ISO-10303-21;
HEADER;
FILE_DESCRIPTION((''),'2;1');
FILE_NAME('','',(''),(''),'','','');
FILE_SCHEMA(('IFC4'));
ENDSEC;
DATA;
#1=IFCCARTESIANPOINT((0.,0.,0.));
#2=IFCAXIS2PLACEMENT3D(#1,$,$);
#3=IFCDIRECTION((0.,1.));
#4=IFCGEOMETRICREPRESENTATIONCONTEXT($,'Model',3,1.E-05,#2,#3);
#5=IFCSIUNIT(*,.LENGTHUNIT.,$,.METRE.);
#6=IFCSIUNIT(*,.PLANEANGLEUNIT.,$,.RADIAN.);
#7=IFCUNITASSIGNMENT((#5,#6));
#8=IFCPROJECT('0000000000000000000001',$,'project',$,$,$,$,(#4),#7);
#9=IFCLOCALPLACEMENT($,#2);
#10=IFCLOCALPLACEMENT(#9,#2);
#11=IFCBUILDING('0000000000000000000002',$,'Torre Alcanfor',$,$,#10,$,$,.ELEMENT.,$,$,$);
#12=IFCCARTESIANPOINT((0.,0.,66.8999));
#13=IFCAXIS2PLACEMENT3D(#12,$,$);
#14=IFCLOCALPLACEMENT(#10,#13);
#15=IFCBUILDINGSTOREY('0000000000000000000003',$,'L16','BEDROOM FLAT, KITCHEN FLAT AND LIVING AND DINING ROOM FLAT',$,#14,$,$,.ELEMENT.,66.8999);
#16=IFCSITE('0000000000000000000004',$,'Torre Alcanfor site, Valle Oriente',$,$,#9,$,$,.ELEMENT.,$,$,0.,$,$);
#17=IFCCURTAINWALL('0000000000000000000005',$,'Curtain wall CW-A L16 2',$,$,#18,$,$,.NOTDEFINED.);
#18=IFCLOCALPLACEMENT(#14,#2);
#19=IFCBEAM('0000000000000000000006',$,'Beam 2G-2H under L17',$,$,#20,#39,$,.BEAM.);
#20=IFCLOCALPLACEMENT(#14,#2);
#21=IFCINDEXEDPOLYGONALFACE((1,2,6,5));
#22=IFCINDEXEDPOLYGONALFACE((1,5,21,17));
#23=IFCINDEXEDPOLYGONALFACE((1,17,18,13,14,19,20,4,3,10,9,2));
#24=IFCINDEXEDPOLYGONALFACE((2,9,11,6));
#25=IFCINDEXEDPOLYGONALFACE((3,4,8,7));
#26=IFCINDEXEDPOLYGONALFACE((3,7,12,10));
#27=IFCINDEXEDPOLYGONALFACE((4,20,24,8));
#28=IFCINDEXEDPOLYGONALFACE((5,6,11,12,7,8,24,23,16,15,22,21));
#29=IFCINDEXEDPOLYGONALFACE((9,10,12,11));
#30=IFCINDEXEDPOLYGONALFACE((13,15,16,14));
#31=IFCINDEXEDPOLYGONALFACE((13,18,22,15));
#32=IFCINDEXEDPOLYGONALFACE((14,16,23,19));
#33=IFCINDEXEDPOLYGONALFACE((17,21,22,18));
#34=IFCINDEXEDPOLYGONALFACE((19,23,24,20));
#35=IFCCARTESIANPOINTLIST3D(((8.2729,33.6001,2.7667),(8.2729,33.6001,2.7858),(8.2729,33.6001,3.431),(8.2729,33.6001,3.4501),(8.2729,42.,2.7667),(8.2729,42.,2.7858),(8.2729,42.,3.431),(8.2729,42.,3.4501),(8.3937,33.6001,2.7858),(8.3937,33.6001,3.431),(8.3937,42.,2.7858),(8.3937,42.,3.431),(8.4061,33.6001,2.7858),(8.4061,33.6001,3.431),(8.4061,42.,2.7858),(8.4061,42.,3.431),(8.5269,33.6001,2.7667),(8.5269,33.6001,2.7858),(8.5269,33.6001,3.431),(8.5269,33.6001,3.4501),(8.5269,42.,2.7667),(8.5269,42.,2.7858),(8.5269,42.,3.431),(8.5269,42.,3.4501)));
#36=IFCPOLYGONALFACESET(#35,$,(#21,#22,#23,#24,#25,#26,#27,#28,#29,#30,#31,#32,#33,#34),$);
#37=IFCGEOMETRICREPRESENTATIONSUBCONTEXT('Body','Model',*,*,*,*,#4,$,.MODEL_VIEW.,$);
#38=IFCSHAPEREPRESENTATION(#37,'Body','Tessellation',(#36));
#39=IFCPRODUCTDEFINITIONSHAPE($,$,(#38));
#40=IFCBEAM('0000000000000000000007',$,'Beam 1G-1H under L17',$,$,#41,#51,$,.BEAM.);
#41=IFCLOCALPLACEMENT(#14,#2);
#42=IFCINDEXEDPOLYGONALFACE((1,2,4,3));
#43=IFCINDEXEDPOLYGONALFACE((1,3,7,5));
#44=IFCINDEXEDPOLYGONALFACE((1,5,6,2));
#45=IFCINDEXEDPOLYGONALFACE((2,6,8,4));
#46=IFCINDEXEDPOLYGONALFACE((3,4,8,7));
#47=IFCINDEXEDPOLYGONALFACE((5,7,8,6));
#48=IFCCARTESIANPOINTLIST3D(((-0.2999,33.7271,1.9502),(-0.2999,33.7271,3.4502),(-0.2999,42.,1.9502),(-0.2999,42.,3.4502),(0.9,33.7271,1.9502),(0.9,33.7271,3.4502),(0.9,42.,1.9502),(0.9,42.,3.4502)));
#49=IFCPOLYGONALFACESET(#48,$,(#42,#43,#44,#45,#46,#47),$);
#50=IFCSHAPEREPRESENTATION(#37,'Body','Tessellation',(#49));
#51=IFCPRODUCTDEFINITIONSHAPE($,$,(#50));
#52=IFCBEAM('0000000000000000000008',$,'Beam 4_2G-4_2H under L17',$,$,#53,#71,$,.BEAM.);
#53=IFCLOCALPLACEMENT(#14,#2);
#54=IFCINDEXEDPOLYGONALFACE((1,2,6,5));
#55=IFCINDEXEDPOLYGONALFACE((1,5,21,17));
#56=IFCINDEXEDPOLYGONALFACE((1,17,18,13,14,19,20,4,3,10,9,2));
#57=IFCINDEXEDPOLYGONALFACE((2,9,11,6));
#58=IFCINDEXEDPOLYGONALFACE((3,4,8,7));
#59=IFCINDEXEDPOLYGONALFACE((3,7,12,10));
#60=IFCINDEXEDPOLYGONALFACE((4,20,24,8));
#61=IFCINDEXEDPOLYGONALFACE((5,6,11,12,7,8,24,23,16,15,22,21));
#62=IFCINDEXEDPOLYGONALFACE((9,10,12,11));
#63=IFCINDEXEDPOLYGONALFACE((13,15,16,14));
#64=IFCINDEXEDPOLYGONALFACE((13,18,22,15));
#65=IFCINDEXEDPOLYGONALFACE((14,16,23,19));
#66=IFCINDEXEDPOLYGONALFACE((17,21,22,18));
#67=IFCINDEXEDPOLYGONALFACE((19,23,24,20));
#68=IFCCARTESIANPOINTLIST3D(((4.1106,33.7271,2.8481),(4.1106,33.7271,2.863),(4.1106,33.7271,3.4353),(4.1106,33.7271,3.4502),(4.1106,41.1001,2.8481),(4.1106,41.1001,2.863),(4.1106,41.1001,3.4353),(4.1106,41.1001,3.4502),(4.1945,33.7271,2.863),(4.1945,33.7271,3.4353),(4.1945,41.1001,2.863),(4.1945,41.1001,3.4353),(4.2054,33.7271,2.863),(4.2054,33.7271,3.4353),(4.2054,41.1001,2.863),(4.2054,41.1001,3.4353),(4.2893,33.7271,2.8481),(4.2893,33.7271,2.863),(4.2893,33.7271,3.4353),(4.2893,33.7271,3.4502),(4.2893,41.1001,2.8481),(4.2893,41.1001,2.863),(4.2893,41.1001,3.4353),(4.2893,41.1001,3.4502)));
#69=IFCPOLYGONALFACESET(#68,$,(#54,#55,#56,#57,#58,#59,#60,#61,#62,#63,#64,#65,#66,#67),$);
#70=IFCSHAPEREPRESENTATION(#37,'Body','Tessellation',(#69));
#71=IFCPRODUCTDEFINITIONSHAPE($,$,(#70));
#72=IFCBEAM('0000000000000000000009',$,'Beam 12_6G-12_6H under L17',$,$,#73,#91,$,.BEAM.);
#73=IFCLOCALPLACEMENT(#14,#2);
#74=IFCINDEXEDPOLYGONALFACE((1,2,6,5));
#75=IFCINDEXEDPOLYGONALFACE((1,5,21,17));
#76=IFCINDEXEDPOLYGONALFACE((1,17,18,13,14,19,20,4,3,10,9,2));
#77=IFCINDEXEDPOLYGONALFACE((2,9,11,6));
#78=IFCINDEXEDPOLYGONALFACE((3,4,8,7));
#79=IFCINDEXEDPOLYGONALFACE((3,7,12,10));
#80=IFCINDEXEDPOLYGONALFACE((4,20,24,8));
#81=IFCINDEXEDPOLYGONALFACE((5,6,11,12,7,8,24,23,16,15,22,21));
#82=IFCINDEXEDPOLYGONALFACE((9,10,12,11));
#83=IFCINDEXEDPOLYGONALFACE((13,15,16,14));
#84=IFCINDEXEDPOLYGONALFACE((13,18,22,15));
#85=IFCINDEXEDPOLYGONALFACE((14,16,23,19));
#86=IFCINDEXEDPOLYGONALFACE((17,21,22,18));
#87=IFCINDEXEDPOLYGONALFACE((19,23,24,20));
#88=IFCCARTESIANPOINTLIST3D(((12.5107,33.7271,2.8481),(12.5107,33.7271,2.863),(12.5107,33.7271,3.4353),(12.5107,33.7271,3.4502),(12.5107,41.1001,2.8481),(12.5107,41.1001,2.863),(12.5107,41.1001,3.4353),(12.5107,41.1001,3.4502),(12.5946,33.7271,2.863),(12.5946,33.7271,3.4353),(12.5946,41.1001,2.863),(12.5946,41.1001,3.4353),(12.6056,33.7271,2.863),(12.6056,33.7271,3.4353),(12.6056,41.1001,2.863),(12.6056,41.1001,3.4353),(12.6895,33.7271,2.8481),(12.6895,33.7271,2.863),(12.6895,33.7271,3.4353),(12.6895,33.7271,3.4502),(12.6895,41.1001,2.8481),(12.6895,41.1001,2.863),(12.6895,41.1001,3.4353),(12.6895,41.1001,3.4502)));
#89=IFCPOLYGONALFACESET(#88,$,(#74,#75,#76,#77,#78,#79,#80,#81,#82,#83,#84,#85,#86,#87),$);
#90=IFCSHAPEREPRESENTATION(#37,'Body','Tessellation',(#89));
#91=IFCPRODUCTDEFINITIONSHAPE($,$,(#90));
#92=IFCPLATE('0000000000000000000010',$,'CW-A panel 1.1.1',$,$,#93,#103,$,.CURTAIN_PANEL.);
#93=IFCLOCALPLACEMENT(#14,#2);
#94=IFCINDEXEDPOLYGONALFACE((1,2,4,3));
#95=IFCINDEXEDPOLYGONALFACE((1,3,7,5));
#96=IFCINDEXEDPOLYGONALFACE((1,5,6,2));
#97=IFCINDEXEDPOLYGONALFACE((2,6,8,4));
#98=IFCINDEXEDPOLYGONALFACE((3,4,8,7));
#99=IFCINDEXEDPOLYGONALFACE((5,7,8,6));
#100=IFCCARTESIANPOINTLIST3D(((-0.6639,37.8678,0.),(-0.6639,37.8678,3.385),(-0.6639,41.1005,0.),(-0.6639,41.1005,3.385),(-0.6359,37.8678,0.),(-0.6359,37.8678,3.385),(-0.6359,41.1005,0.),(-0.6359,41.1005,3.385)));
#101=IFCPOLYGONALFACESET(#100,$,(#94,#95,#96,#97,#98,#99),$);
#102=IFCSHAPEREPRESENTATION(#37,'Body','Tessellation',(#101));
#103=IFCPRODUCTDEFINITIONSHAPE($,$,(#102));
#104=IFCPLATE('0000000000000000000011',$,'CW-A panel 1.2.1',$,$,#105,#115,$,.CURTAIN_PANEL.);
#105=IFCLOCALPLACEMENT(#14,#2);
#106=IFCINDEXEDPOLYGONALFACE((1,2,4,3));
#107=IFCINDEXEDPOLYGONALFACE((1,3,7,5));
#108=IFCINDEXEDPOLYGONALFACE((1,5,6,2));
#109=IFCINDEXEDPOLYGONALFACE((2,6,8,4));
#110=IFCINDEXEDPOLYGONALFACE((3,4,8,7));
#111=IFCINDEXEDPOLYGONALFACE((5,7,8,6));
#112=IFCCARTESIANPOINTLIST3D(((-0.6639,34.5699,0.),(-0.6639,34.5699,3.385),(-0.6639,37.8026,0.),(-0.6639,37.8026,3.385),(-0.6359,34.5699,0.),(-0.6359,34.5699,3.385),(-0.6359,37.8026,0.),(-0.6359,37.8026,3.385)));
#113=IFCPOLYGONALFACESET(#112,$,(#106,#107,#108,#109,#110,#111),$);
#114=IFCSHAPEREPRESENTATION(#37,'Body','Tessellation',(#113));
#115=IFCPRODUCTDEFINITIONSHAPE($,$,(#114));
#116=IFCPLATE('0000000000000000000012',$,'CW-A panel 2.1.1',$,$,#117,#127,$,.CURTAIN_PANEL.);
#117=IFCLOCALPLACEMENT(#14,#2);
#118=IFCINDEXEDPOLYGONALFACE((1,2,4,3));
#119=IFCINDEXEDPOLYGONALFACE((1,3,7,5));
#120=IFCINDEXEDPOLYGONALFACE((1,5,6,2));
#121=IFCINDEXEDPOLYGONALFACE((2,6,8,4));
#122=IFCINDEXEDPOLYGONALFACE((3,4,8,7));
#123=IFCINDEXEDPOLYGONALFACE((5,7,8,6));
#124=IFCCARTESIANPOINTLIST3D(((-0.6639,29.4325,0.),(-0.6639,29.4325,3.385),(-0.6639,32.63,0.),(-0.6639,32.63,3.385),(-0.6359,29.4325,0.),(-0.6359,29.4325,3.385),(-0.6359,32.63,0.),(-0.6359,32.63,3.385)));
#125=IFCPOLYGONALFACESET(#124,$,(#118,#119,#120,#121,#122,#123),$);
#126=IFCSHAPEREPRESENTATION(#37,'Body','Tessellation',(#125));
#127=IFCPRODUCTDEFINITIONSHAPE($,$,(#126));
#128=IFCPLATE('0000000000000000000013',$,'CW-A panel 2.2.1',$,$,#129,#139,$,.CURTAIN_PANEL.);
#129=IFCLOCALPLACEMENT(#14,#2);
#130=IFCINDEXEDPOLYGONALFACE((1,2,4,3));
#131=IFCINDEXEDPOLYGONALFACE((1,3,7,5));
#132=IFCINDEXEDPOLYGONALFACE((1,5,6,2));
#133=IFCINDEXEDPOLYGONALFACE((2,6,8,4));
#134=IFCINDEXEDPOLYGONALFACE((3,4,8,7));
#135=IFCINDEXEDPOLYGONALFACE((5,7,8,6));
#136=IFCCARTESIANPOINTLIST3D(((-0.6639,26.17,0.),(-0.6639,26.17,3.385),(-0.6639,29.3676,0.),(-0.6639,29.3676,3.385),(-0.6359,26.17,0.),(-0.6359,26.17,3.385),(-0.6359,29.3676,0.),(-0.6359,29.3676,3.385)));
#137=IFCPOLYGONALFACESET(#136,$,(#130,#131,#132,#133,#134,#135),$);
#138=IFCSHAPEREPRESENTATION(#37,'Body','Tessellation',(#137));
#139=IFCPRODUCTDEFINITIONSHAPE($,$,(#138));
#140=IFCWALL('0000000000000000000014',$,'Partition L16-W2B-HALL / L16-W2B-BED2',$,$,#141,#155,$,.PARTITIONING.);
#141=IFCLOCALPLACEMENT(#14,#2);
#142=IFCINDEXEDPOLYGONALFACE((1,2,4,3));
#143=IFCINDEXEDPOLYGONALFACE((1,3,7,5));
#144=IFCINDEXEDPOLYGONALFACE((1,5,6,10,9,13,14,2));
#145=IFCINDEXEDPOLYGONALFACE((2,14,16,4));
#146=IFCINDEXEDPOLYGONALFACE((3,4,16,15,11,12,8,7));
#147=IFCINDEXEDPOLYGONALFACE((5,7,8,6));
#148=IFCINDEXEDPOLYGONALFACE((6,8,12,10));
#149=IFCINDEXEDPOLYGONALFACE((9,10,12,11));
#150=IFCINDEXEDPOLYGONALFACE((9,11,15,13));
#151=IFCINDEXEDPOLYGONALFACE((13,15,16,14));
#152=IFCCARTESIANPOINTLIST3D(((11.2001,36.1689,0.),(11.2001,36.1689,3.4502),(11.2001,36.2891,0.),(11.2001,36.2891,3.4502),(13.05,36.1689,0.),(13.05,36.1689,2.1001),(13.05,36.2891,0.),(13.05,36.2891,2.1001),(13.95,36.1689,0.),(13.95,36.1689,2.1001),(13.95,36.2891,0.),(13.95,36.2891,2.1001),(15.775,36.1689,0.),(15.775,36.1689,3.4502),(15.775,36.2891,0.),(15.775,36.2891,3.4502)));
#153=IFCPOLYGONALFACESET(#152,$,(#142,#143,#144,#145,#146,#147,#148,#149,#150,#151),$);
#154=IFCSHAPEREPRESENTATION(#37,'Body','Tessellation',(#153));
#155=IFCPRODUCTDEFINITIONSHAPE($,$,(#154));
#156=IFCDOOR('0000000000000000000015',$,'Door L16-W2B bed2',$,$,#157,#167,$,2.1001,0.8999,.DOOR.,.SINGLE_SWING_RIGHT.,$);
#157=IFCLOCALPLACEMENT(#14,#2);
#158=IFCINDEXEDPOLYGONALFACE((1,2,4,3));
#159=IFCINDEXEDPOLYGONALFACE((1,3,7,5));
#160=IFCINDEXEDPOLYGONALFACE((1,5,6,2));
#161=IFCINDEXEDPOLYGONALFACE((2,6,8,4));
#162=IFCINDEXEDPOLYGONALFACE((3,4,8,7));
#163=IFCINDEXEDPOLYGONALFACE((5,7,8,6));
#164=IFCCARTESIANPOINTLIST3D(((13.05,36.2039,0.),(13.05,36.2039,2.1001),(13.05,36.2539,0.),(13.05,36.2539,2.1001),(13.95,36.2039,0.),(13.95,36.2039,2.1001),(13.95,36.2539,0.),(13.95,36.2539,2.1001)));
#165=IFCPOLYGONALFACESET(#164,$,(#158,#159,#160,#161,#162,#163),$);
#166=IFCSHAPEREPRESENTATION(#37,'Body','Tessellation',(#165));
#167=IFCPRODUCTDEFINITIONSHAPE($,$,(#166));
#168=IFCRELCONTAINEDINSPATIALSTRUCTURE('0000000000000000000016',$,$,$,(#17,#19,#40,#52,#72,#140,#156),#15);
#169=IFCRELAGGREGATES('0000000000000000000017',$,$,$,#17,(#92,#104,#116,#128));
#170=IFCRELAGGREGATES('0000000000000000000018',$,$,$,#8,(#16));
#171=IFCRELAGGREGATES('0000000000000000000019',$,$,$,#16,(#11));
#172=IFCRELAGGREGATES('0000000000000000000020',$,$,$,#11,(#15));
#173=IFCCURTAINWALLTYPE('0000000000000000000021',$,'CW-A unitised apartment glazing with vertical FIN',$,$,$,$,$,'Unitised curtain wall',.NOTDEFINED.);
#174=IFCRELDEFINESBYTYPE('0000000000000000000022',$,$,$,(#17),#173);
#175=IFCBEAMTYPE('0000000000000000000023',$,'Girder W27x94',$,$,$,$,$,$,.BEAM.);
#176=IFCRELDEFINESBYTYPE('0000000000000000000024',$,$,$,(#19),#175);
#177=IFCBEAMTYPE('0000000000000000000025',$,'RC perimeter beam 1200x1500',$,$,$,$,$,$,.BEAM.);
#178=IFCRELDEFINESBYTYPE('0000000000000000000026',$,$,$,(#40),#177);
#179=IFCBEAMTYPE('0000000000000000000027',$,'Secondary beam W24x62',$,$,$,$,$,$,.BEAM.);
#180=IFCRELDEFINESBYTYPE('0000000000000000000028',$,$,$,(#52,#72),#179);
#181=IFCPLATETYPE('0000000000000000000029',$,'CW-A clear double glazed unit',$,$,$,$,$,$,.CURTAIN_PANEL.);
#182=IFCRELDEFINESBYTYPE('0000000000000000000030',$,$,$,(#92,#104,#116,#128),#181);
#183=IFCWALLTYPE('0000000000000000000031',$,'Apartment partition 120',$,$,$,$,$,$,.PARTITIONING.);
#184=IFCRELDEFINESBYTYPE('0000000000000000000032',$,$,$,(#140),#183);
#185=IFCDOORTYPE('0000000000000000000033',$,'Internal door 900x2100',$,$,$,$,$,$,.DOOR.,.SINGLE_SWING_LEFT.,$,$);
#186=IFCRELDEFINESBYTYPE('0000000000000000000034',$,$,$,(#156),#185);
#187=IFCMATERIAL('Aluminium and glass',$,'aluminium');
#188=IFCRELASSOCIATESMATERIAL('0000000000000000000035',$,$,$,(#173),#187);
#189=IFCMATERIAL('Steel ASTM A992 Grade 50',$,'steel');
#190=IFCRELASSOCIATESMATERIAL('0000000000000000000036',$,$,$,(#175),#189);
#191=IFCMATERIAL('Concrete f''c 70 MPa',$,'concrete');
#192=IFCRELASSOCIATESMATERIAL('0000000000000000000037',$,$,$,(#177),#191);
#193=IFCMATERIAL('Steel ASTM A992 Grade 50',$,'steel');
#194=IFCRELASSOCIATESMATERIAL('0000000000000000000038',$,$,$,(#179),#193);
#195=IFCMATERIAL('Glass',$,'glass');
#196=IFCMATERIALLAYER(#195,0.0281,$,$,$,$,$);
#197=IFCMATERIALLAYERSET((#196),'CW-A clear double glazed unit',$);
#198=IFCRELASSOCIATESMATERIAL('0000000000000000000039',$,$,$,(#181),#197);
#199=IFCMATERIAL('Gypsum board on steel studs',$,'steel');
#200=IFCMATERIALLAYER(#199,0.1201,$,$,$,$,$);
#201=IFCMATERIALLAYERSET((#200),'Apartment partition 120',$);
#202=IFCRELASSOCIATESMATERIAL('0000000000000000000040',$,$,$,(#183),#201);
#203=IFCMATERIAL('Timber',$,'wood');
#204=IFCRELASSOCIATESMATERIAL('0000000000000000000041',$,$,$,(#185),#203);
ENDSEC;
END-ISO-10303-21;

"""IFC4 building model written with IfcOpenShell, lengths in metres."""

from ifc_helpers import new_model, si_unit, direction, frame, frame_2d, origin, origin_2d, place, context, subcontext, project, spatial, rectangle, i_section, extrude, material, layer, layer_set, material_profile, profile_set, type_object, element, fill, aggregate, save


model = new_model("IFC4")

# Units and contexts
model_context = context("Model", 3, precision=1e-05, world=origin(), true_north=direction((0.0, 1.0)))
body_context = subcontext(model_context, "Body", "Model", "MODEL_VIEW")
ifc_project = project(units=[si_unit("LENGTHUNIT", "METRE"), si_unit("PLANEANGLEUNIT", "RADIAN")], contexts=[model_context])

# Site, building, storey
site_placement = place(None, origin())
site = spatial("IfcSite", under=ifc_project, at=site_placement, Name="Torre Alcanfor site, Valle Oriente", CompositionType="ELEMENT", RefElevation=0.0)
building_placement = place(site_placement, origin())
building = spatial("IfcBuilding", under=site, at=building_placement, Name="Torre Alcanfor", CompositionType="ELEMENT")
storey_placement = place(building_placement, frame((0.0, 0.0, 66.8999)))
storey = spatial("IfcBuildingStorey", under=building, at=storey_placement, Name="L16", Description="BEDROOM FLAT, KITCHEN FLAT AND LIVING AND DINING ROOM FLAT", CompositionType="ELEMENT", Elevation=66.8999)

# Curtain wall
ifc_material_1 = material(Name="Aluminium and glass", Category="aluminium")
curtain_wall_type = type_object("IfcCurtainWallType", Name="CW-A unitised apartment glazing with vertical FIN", ElementType="Unitised curtain wall", PredefinedType="NOTDEFINED", material=ifc_material_1)
curtain_wall_placement = place(storey_placement, origin())
curtain_wall = element("IfcCurtainWall", 1, at=curtain_wall_placement, inside=storey, type_object=curtain_wall_type, Name="Curtain wall CW-A L16 2", PredefinedType="NOTDEFINED")

# Beams
ifc_material_2 = material(Name="Steel ASTM A992 Grade 50", Category="steel")
ifc_material_profile_1 = material_profile(ifc_material_2, i_section(OverallWidth=0.2539, OverallDepth=0.6833, WebThickness=0.0125, FlangeThickness=0.019, at=origin_2d()), Name="W27x94")
ifc_profile_set_1 = profile_set([ifc_material_profile_1], Name="Steel ASTM A992 Grade 50")
beam_type_1 = type_object("IfcBeamType", Name="Girder W27x94", PredefinedType="BEAM", material=ifc_profile_set_1)
beam_1_placement = place(storey_placement, frame((8.3999, 33.6001, 3.1084), z_axis=(0.0, 1.0, 0.0), x_axis=(-1.0, 0.0, 0.0)))
element("IfcBeam", 2, at=beam_1_placement, inside=storey, type_object=beam_type_1, Name="Beam 2G-2H under L17", PredefinedType="BEAM", context=body_context, shape_type="SweptSolid", body=[
    extrude(i_section(OverallWidth=0.2539, OverallDepth=0.6833, WebThickness=0.0125, FlangeThickness=0.019, at=origin_2d()), origin(), (0.0, 0.0, 1.0), 8.3999),
])
ifc_material_3 = material(Name="Concrete f'c 70 MPa", Category="concrete")
ifc_material_profile_2 = material_profile(ifc_material_3, rectangle(XDim=1.2, YDim=1.5, at=origin_2d()), Name="1200x1500")
ifc_profile_set_2 = profile_set([ifc_material_profile_2], Name="Concrete f'c 70 MPa")
beam_type_2 = type_object("IfcBeamType", Name="RC perimeter beam 1200x1500", PredefinedType="BEAM", material=ifc_profile_set_2)
beam_2_placement = place(storey_placement, frame((0.3, 33.7271, 2.7002), z_axis=(0.0, 1.0, 0.0), x_axis=(-1.0, 0.0, 0.0)))
element("IfcBeam", 3, at=beam_2_placement, inside=storey, type_object=beam_type_2, Name="Beam 1G-1H under L17", PredefinedType="BEAM", context=body_context, shape_type="SweptSolid", body=[
    extrude(rectangle(XDim=1.2, YDim=1.5, at=origin_2d()), origin(), (0.0, 0.0, 1.0), 8.2729),
])
ifc_material_4 = material(Name="Steel ASTM A992 Grade 50", Category="steel")
ifc_material_profile_3 = material_profile(ifc_material_4, i_section(OverallWidth=0.1787, OverallDepth=0.6021, WebThickness=0.011, FlangeThickness=0.0149, at=origin_2d()), Name="W24x62")
ifc_profile_set_3 = profile_set([ifc_material_profile_3], Name="Steel ASTM A992 Grade 50")
beam_type_3 = type_object("IfcBeamType", Name="Secondary beam W24x62", PredefinedType="BEAM", material=ifc_profile_set_3)
for number, where, z_axis, x_axis, name in (
    (4, (4.2, 33.7271, 3.1492), (0.0, 1.0, 0.0), (-1.0, 0.0, 0.0), "Beam 4_2G-4_2H under L17"),
    (5, (12.6001, 33.7271, 3.1492), (0.0, 1.0, 0.0), (-1.0, 0.0, 0.0), "Beam 12_6G-12_6H under L17"),
):
    element("IfcBeam", number, at=place(storey_placement, frame(where, z_axis=z_axis, x_axis=x_axis)), inside=storey, type_object=beam_type_3, Name=name, PredefinedType="BEAM", context=body_context, shape_type="SweptSolid", body=[
        extrude(i_section(OverallWidth=0.1787, OverallDepth=0.6021, WebThickness=0.011, FlangeThickness=0.0149, at=origin_2d()), origin(), (0.0, 0.0, 1.0), 7.373),
    ])

# Plates
ifc_material_5 = material(Name="Glass", Category="glass")
ifc_layer_1 = layer(ifc_material_5, 0.0281)
ifc_layer_set_1 = layer_set([ifc_layer_1], Name="CW-A clear double glazed unit")
plate_type = type_object("IfcPlateType", Name="CW-A clear double glazed unit", PredefinedType="CURTAIN_PANEL", material=ifc_layer_set_1)
plate_1_placement = place(storey_placement, frame((-0.6499, 39.4841, 0.0), z_axis=(0.0, 0.0, 1.0), x_axis=(0.0, -1.0, 0.0)))
plate_1 = element("IfcPlate", 6, at=plate_1_placement, type_object=plate_type, Name="CW-A panel 1.1.1", PredefinedType="CURTAIN_PANEL", context=body_context, shape_type="SweptSolid", body=[
    extrude(rectangle(XDim=3.2327, YDim=0.0281, at=origin_2d()), origin(), (0.0, 0.0, 1.0), 3.385),
])
plate_2_placement = place(storey_placement, frame((-0.6499, 36.1863, 0.0), z_axis=(0.0, 0.0, 1.0), x_axis=(0.0, -1.0, 0.0)))
plate_2 = element("IfcPlate", 7, at=plate_2_placement, type_object=plate_type, Name="CW-A panel 1.2.1", PredefinedType="CURTAIN_PANEL", context=body_context, shape_type="SweptSolid", body=[
    extrude(rectangle(XDim=3.2327, YDim=0.0281, at=origin_2d()), origin(), (0.0, 0.0, 1.0), 3.385),
])
plate_3_placement = place(storey_placement, frame((-0.6499, 31.0312, 0.0), z_axis=(0.0, 0.0, 1.0), x_axis=(0.0, -1.0, 0.0)))
plate_3 = element("IfcPlate", 8, at=plate_3_placement, type_object=plate_type, Name="CW-A panel 2.1.1", PredefinedType="CURTAIN_PANEL", context=body_context, shape_type="SweptSolid", body=[
    extrude(rectangle(XDim=3.1975, YDim=0.0281, at=origin_2d()), origin(), (0.0, 0.0, 1.0), 3.385),
])
plate_4_placement = place(storey_placement, frame((-0.6499, 27.7688, 0.0), z_axis=(0.0, 0.0, 1.0), x_axis=(0.0, -1.0, 0.0)))
plate_4 = element("IfcPlate", 9, at=plate_4_placement, type_object=plate_type, Name="CW-A panel 2.2.1", PredefinedType="CURTAIN_PANEL", context=body_context, shape_type="SweptSolid", body=[
    extrude(rectangle(XDim=3.1975, YDim=0.0281, at=origin_2d()), origin(), (0.0, 0.0, 1.0), 3.385),
])
aggregate(curtain_wall, [plate_1, plate_2, plate_3, plate_4])

# Wall, opening, door
ifc_material_6 = material(Name="Gypsum board on steel studs", Category="steel")
ifc_layer_2 = layer(ifc_material_6, 0.1201)
ifc_layer_set_2 = layer_set([ifc_layer_2], Name="Apartment partition 120")
wall_type_1 = type_object("IfcWallType", Name="Apartment partition 120", PredefinedType="PARTITIONING", material=ifc_layer_set_2)
wall_1_placement = place(storey_placement, frame((11.2, 36.229, 0.0), z_axis=(0.0, 0.0, 1.0), x_axis=(1.0, 0.0, 0.0)))
wall_1 = element("IfcWall", 10, at=wall_1_placement, inside=storey, type_object=wall_type_1, Name="Partition L16-W2B-HALL / L16-W2B-BED2", PredefinedType="PARTITIONING", context=body_context, shape_type="SweptSolid", body=[
    extrude(rectangle(XDim=4.575, YDim=0.1201, at=frame_2d((2.2876, 0.0))), origin(), (0.0, 0.0, 1.0), 3.4502),
])
opening_1_placement = place(wall_1_placement, frame((1.8501, 0.0, 0.0)))
opening_1 = element("IfcOpeningElement", 11, at=opening_1_placement, cuts=wall_1, PredefinedType="OPENING", context=body_context, shape_type="SweptSolid", body=[
    extrude(rectangle(XDim=0.8999, YDim=2.1001, at=frame_2d((0.45, 1.05))), frame((0.0, 0.0701, 0.0), z_axis=(0.0, -1.0, 0.0), x_axis=(1.0, 0.0, 0.0)), (0.0, 0.0, 1.0), 0.1401),
])
ifc_material_7 = material(Name="Timber", Category="wood")
door_type_1 = type_object("IfcDoorType", Name="Internal door 900x2100", OperationType="SINGLE_SWING_LEFT", PredefinedType="DOOR", material=ifc_material_7)
door_1_placement = place(opening_1_placement, origin())
door_1 = element("IfcDoor", 12, at=door_1_placement, inside=storey, type_object=door_type_1, Name="Door L16-W2B bed2", OperationType="SINGLE_SWING_RIGHT", OverallHeight=2.1001, OverallWidth=0.8999, PredefinedType="DOOR", context=body_context, shape_type="SweptSolid", body=[
    extrude(rectangle(XDim=0.8999, YDim=2.1001, at=frame_2d((0.45, 1.05))), frame((0.0, 0.0249, 0.0), z_axis=(0.0, -1.0, 0.0), x_axis=(1.0, 0.0, 0.0)), (0.0, 0.0, 1.0), 0.05),
])
fill(opening_1, door_1)

save(model, "model.ifc")
